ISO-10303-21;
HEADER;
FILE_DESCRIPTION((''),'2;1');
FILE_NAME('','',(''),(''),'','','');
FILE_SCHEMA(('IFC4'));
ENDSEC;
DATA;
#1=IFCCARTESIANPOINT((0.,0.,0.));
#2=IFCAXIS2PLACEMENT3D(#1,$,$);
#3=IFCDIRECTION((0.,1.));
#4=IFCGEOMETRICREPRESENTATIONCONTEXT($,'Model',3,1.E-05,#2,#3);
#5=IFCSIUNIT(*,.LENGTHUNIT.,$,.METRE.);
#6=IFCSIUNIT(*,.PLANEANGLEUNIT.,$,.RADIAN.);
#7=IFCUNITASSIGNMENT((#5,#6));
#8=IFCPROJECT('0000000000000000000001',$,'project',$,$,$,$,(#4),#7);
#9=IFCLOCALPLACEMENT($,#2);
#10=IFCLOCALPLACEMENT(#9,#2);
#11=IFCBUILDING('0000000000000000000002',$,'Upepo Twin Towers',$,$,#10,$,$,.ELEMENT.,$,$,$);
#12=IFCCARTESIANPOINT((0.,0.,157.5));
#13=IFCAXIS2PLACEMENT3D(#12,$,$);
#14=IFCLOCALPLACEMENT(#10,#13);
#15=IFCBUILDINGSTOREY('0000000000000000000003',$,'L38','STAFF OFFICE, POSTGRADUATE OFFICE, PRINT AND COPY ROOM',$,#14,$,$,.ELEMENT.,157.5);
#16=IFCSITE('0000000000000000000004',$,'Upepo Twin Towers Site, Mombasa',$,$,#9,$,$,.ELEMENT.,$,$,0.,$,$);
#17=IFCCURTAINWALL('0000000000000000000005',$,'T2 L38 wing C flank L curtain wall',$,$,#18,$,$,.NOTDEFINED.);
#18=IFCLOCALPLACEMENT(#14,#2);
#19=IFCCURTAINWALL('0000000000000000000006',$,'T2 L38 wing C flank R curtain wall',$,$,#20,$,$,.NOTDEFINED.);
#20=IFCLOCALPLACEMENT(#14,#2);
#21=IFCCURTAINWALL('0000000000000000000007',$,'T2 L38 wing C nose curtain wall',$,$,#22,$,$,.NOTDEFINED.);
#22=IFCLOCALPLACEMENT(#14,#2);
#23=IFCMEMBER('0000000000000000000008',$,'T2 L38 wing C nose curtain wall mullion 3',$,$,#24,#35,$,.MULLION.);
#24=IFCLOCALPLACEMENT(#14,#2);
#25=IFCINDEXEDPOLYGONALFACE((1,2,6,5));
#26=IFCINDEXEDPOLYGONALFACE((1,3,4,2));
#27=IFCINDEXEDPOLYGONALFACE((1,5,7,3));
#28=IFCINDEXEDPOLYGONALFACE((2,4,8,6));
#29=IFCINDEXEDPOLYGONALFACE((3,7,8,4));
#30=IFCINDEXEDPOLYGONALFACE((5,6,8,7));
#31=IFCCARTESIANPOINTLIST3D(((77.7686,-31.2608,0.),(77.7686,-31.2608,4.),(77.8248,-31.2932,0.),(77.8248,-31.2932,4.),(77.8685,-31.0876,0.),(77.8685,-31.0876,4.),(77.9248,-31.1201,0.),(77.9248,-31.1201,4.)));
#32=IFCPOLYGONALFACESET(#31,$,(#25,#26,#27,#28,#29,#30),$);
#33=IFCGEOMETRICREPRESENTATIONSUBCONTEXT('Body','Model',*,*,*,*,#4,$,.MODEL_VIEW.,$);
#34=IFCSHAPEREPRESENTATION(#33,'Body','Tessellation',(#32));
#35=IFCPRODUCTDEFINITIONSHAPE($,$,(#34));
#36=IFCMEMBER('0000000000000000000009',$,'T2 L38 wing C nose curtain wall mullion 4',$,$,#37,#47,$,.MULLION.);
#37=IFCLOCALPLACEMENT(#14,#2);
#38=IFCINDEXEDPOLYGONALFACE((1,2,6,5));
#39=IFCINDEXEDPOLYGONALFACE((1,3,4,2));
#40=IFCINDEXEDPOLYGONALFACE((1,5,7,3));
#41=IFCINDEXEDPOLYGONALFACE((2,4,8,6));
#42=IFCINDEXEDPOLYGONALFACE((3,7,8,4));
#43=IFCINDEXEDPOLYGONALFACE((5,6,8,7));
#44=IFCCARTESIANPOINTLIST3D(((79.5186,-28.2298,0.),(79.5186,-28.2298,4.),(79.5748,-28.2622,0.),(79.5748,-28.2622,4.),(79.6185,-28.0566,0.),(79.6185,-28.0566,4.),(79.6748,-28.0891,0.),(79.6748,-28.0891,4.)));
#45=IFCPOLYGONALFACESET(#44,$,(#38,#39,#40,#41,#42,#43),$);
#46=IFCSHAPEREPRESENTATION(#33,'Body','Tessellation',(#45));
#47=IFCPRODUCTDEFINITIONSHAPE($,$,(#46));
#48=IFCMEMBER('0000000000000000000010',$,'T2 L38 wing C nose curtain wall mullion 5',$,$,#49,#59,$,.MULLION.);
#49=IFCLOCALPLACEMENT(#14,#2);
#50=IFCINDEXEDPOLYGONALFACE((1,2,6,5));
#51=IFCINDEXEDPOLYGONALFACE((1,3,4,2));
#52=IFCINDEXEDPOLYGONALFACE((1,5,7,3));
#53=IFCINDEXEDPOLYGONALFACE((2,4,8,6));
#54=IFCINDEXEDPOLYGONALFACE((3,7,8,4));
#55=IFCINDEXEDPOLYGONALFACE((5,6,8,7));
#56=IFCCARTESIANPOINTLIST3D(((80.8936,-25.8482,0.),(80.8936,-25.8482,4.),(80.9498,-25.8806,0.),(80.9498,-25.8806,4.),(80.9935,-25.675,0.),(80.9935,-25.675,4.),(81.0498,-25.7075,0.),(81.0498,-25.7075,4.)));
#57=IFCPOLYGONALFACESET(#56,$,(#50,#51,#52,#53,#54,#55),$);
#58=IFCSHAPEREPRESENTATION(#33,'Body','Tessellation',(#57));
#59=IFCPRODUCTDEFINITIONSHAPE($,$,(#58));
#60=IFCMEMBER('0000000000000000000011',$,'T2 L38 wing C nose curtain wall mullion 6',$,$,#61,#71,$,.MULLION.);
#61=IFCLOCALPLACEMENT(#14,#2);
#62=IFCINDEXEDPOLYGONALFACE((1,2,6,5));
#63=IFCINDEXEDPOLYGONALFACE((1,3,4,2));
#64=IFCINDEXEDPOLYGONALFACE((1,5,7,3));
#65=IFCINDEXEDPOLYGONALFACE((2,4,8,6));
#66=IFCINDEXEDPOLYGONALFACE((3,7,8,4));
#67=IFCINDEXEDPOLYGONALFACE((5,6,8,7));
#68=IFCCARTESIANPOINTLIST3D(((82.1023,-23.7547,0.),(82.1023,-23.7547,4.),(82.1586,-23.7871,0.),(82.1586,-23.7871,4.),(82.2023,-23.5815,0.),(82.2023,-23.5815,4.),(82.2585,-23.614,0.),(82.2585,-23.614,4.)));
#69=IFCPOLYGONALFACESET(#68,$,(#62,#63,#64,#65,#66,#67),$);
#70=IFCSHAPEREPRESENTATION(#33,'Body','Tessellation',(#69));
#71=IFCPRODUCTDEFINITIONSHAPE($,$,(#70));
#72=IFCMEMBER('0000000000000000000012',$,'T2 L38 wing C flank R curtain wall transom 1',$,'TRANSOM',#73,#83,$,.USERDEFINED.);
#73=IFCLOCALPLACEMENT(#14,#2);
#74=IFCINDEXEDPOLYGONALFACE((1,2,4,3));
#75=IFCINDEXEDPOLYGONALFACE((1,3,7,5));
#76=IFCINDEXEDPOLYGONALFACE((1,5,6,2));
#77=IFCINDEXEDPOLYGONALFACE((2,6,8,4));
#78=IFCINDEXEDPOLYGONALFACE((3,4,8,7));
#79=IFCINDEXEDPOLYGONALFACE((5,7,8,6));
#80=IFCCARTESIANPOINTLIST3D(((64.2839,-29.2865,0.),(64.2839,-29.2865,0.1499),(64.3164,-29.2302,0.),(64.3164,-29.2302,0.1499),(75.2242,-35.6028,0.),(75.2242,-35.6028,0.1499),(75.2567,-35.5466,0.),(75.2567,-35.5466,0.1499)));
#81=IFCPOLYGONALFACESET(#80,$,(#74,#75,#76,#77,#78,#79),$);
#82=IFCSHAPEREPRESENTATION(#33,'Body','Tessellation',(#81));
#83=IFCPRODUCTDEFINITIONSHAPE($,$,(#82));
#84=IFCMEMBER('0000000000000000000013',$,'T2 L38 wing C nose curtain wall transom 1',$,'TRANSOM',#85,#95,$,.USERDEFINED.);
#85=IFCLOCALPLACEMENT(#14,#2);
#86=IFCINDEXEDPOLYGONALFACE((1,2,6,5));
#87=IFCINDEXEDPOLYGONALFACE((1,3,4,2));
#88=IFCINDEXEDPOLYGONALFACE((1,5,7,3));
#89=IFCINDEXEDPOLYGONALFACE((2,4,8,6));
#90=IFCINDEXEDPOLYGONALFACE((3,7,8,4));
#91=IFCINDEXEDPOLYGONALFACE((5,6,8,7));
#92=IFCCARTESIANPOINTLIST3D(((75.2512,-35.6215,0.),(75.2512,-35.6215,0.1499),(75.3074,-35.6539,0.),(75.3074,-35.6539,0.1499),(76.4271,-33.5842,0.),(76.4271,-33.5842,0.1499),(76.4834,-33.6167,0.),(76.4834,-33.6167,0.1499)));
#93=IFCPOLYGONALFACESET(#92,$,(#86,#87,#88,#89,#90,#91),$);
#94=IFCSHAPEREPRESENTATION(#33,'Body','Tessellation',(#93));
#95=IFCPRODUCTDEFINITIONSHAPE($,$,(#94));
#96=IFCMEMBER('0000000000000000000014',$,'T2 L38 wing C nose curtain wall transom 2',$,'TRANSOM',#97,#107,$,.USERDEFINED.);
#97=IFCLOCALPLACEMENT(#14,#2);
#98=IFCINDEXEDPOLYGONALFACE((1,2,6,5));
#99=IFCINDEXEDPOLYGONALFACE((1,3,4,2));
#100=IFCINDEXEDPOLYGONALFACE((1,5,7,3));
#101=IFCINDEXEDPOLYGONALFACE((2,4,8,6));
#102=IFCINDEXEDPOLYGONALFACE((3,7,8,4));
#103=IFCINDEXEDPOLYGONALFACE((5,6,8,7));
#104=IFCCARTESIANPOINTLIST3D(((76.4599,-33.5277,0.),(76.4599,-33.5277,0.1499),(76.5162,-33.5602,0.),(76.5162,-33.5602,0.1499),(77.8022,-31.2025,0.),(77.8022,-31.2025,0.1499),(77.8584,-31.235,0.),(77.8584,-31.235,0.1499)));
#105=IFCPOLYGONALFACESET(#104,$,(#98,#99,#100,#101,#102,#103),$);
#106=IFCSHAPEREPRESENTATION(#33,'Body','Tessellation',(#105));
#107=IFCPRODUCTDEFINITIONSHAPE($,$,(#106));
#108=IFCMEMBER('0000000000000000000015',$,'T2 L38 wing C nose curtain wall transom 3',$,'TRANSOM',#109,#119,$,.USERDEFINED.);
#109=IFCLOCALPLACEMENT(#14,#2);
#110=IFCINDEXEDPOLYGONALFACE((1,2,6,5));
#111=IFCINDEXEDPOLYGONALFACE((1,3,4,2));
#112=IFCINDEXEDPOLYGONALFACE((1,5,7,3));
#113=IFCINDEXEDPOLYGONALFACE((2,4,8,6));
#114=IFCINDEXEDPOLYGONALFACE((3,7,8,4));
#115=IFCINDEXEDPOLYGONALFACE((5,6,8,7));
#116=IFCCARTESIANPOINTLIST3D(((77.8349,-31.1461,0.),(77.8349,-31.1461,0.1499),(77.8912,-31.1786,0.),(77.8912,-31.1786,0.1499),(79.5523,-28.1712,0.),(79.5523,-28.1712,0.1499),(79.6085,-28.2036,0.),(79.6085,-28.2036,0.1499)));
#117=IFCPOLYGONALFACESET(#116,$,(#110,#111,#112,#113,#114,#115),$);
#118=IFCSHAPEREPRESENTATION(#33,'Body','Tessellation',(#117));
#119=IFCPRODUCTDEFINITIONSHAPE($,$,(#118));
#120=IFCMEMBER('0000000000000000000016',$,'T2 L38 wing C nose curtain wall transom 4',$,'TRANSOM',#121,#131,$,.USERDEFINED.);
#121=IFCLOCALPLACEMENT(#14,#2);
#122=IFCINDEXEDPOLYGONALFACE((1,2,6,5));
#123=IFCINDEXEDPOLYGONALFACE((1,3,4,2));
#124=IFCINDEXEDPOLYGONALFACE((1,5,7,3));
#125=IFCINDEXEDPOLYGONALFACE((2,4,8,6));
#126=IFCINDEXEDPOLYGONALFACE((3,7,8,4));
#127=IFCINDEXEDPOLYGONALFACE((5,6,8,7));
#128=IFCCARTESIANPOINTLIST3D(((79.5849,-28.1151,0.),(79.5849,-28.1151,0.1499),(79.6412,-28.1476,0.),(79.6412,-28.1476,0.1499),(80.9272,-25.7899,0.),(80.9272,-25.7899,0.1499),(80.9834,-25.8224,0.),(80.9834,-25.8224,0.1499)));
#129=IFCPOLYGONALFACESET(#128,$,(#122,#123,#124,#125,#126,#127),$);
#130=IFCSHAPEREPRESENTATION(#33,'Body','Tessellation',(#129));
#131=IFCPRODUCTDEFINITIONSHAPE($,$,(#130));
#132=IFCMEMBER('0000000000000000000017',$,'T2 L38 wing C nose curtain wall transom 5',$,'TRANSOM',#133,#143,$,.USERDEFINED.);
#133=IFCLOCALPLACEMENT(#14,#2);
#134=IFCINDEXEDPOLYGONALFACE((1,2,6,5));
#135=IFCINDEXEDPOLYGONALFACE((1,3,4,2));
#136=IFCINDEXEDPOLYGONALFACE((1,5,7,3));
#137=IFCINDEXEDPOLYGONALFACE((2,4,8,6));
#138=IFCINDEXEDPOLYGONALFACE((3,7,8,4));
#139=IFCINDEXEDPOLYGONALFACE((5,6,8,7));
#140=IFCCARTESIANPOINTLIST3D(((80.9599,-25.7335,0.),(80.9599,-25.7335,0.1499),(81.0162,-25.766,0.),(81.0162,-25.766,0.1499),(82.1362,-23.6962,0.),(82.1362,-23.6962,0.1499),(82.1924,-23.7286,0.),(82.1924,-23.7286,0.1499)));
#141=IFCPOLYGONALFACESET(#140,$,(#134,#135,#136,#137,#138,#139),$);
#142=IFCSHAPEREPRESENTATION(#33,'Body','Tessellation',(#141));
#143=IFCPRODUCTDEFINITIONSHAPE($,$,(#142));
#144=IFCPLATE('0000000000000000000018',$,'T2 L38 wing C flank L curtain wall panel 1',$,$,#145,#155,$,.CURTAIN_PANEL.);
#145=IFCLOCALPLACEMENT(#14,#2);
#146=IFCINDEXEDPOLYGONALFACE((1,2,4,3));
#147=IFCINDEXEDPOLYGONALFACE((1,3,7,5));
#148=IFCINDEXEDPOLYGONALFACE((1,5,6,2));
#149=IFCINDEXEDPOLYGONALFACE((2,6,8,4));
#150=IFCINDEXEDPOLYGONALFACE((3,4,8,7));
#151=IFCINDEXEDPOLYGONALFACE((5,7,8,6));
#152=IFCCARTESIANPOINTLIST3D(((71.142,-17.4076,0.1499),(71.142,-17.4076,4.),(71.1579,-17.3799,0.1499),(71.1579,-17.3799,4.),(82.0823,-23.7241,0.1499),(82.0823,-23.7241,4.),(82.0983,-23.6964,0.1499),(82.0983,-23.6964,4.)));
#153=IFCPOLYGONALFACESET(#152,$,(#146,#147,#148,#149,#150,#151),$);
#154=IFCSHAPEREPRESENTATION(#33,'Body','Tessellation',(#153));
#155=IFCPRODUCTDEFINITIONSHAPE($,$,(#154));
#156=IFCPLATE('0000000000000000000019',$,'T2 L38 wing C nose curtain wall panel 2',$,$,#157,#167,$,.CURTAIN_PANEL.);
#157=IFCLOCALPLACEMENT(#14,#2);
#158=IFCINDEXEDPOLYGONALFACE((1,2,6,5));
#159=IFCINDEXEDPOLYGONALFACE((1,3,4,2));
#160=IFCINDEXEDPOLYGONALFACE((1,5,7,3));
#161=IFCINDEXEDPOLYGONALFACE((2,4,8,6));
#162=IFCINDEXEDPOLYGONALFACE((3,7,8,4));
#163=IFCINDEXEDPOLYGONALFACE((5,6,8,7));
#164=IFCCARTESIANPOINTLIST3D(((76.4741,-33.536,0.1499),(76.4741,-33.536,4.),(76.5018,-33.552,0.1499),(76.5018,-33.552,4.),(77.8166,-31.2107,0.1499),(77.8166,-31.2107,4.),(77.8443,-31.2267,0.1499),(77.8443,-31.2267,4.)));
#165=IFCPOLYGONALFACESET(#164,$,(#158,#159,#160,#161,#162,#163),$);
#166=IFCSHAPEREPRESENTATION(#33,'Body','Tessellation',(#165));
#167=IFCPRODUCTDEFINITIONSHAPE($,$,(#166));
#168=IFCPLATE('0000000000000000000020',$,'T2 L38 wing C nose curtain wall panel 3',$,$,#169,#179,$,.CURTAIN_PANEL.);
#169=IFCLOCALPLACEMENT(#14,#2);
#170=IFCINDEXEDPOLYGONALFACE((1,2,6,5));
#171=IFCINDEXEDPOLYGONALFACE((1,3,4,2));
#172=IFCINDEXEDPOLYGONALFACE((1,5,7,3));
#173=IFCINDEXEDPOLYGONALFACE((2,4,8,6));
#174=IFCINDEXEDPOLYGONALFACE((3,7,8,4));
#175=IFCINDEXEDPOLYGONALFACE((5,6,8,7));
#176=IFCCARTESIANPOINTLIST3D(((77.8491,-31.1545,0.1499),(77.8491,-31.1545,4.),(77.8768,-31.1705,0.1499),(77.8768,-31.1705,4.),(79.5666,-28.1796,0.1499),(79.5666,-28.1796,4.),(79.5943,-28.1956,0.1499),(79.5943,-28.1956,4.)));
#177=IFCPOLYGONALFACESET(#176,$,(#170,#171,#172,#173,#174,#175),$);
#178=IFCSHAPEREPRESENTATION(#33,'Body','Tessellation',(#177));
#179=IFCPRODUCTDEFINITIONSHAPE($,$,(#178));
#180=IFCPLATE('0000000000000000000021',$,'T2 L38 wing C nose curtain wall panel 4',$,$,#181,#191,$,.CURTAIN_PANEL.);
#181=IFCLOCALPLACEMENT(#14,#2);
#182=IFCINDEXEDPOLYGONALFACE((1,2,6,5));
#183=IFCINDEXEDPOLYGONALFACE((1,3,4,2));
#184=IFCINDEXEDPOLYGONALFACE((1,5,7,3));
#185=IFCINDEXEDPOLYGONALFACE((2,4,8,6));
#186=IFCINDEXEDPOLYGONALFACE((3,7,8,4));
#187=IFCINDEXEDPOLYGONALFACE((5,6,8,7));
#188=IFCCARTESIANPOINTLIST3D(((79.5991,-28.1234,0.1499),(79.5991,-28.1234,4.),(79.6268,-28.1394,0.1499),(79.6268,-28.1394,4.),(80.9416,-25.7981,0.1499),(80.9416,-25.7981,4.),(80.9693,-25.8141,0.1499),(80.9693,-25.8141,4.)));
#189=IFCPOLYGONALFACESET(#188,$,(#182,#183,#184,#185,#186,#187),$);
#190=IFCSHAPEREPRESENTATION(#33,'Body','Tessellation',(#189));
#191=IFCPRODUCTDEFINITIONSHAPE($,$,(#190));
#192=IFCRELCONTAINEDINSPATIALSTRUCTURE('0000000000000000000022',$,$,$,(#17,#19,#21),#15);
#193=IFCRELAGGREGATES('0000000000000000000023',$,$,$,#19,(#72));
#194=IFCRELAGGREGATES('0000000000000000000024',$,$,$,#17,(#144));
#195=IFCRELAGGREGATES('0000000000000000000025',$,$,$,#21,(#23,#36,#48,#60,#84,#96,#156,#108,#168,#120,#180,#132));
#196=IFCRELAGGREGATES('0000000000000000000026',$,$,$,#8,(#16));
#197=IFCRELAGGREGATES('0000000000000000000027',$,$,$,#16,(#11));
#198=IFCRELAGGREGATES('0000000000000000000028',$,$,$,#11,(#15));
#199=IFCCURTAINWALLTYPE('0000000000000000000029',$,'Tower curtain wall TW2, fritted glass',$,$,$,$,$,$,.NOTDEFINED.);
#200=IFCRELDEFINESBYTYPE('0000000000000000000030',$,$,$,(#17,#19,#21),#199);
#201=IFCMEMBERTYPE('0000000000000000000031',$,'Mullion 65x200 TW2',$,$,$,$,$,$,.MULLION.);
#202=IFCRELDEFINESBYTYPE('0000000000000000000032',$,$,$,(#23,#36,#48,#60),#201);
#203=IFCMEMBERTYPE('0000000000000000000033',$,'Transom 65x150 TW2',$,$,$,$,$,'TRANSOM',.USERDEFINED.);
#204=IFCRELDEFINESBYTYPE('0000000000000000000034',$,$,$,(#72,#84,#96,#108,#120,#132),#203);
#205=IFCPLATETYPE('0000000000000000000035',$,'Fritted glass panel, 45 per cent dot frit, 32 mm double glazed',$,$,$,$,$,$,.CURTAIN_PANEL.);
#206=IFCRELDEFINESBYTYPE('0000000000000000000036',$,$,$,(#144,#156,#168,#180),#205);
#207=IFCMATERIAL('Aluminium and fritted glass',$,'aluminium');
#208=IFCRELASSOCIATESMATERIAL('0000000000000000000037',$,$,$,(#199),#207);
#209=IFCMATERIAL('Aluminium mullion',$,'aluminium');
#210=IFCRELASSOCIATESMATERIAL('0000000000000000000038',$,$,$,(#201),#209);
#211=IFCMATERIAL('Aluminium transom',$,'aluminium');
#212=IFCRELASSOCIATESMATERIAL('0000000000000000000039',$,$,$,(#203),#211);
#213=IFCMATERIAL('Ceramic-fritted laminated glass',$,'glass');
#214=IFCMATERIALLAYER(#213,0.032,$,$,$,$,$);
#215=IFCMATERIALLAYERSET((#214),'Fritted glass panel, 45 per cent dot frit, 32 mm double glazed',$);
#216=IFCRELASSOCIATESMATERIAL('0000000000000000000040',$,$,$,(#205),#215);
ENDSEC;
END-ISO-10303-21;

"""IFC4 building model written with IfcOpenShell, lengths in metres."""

from ifc_helpers import new_model, si_unit, direction, frame, origin, origin_2d, place, context, subcontext, project, spatial, rectangle, extrude, material, layer, layer_set, material_profile, profile_set, type_object, element, aggregate, save


model = new_model("IFC4")

# Units and contexts
model_context = context("Model", 3, precision=1e-05, world=origin(), true_north=direction((0.0, 1.0)))
body_context = subcontext(model_context, "Body", "Model", "MODEL_VIEW")
ifc_project = project(units=[si_unit("LENGTHUNIT", "METRE"), si_unit("PLANEANGLEUNIT", "RADIAN")], contexts=[model_context])

# Site, building, storey
site_placement = place(None, origin())
site = spatial("IfcSite", under=ifc_project, at=site_placement, Name="Upepo Twin Towers Site, Mombasa", CompositionType="ELEMENT", RefElevation=0.0)
building_placement = place(site_placement, origin())
building = spatial("IfcBuilding", under=site, at=building_placement, Name="Upepo Twin Towers", CompositionType="ELEMENT")
storey_placement = place(building_placement, frame((0.0, 0.0, 157.5)))
storey = spatial("IfcBuildingStorey", under=building, at=storey_placement, Name="L38", Description="STAFF OFFICE, POSTGRADUATE OFFICE, PRINT AND COPY ROOM", CompositionType="ELEMENT", Elevation=157.5)

# Curtain walls
ifc_material_1 = material(Name="Aluminium and fritted glass", Category="aluminium")
curtain_wall_type = type_object("IfcCurtainWallType", Name="Tower curtain wall TW2, fritted glass", PredefinedType="NOTDEFINED", material=ifc_material_1)
curtain_wall_1_placement = place(storey_placement, origin())
curtain_wall_1 = element("IfcCurtainWall", 1, at=curtain_wall_1_placement, inside=storey, type_object=curtain_wall_type, Name="T2 L38 wing C flank L curtain wall", PredefinedType="NOTDEFINED")
ifc_material_2 = material(Name="Aluminium mullion", Category="aluminium")
ifc_material_profile_1 = material_profile(ifc_material_2, rectangle(XDim=0.0649, YDim=0.2, at=origin_2d()), Name="MULLION 65x200")
ifc_profile_set_1 = profile_set([ifc_material_profile_1], Name="Aluminium mullion")
member_type_1 = type_object("IfcMemberType", Name="Mullion 65x200 TW2", PredefinedType="MULLION", material=ifc_profile_set_1)
curtain_wall_2_placement = place(storey_placement, origin())
curtain_wall_2 = element("IfcCurtainWall", 2, at=curtain_wall_2_placement, inside=storey, type_object=curtain_wall_type, Name="T2 L38 wing C flank R curtain wall", PredefinedType="NOTDEFINED")

# Curtain wall, members
curtain_wall_3_placement = place(storey_placement, origin())
curtain_wall_3 = element("IfcCurtainWall", 3, at=curtain_wall_3_placement, inside=storey, type_object=curtain_wall_type, Name="T2 L38 wing C nose curtain wall", PredefinedType="NOTDEFINED")
member_1_placement = place(storey_placement, frame((77.8467, -31.1904, 0.0), z_axis=(0.0, 0.0, 1.0), x_axis=(-0.866025, 0.5, 0.0)))
member_1 = element("IfcMember", 4, at=member_1_placement, type_object=member_type_1, Name="T2 L38 wing C nose curtain wall mullion 3", PredefinedType="MULLION", context=body_context, shape_type="SweptSolid", body=[
    extrude(rectangle(XDim=0.0649, YDim=0.2, at=origin_2d()), origin(), (0.0, 0.0, 1.0), 4.0),
])
member_2_placement = place(storey_placement, frame((79.5967, -28.1594, 0.0), z_axis=(0.0, 0.0, 1.0), x_axis=(-0.866025, 0.5, 0.0)))
member_2 = element("IfcMember", 5, at=member_2_placement, type_object=member_type_1, Name="T2 L38 wing C nose curtain wall mullion 4", PredefinedType="MULLION", context=body_context, shape_type="SweptSolid", body=[
    extrude(rectangle(XDim=0.0649, YDim=0.2, at=origin_2d()), origin(), (0.0, 0.0, 1.0), 4.0),
])
member_3_placement = place(storey_placement, frame((80.9717, -25.7778, 0.0), z_axis=(0.0, 0.0, 1.0), x_axis=(-0.866025, 0.5, 0.0)))
member_3 = element("IfcMember", 6, at=member_3_placement, type_object=member_type_1, Name="T2 L38 wing C nose curtain wall mullion 5", PredefinedType="MULLION", context=body_context, shape_type="SweptSolid", body=[
    extrude(rectangle(XDim=0.0649, YDim=0.2, at=origin_2d()), origin(), (0.0, 0.0, 1.0), 4.0),
])
member_4_placement = place(storey_placement, frame((82.1804, -23.6843, 0.0), z_axis=(0.0, 0.0, 1.0), x_axis=(-0.866025, 0.5, 0.0)))
member_4 = element("IfcMember", 7, at=member_4_placement, type_object=member_type_1, Name="T2 L38 wing C nose curtain wall mullion 6", PredefinedType="MULLION", context=body_context, shape_type="SweptSolid", body=[
    extrude(rectangle(XDim=0.0649, YDim=0.2, at=origin_2d()), origin(), (0.0, 0.0, 1.0), 4.0),
])

# Members
ifc_material_3 = material(Name="Aluminium transom", Category="aluminium")
ifc_material_profile_2 = material_profile(ifc_material_3, rectangle(XDim=0.0649, YDim=0.1499, at=origin_2d()), Name="TRANSOM 65x150")
ifc_profile_set_2 = profile_set([ifc_material_profile_2], Name="Aluminium transom")
member_type_2 = type_object("IfcMemberType", Name="Transom 65x150 TW2", ElementType="TRANSOM", PredefinedType="USERDEFINED", material=ifc_profile_set_2)
member_5_placement = place(storey_placement, frame((75.2405, -35.5747, 0.075), z_axis=(-0.866027, 0.499997, 0.0), x_axis=(-0.499997, -0.866027, 0.0)))
member_5 = element("IfcMember", 8, at=member_5_placement, type_object=member_type_2, Name="T2 L38 wing C flank R curtain wall transom 1", ObjectType="TRANSOM", PredefinedType="USERDEFINED", context=body_context, shape_type="SweptSolid", body=[
    extrude(rectangle(XDim=0.0649, YDim=0.1499, at=origin_2d()), origin(), (0.0, 0.0, 1.0), 12.6328),
])
aggregate(curtain_wall_2, [member_5])
member_6_placement = place(storey_placement, frame((75.2793, -35.6377, 0.075), z_axis=(0.499923, 0.86607, 0.0), x_axis=(-0.86607, 0.499923, 0.0)))
member_6 = element("IfcMember", 9, at=member_6_placement, type_object=member_type_2, Name="T2 L38 wing C nose curtain wall transom 1", ObjectType="TRANSOM", PredefinedType="USERDEFINED", context=body_context, shape_type="SweptSolid", body=[
    extrude(rectangle(XDim=0.0649, YDim=0.1499, at=origin_2d()), origin(), (0.0, 0.0, 1.0), 2.3523),
])
member_7_placement = place(storey_placement, frame((76.488, -33.5439, 0.075), z_axis=(0.499953, 0.866052, 0.0), x_axis=(-0.866052, 0.499953, 0.0)))
member_7 = element("IfcMember", 10, at=member_7_placement, type_object=member_type_2, Name="T2 L38 wing C nose curtain wall transom 2", ObjectType="TRANSOM", PredefinedType="USERDEFINED", context=body_context, shape_type="SweptSolid", body=[
    extrude(rectangle(XDim=0.0649, YDim=0.1499, at=origin_2d()), origin(), (0.0, 0.0, 1.0), 2.6848),
])
member_8_placement = place(storey_placement, frame((77.863, -31.1624, 0.075), z_axis=(0.499946, 0.866057, 0.0), x_axis=(-0.866057, 0.499946, 0.0)))
member_8 = element("IfcMember", 11, at=member_8_placement, type_object=member_type_2, Name="T2 L38 wing C nose curtain wall transom 3", ObjectType="TRANSOM", PredefinedType="USERDEFINED", context=body_context, shape_type="SweptSolid", body=[
    extrude(rectangle(XDim=0.0649, YDim=0.1499, at=origin_2d()), origin(), (0.0, 0.0, 1.0), 3.4351),
])
member_9_placement = place(storey_placement, frame((79.613, -28.1313, 0.075), z_axis=(0.499953, 0.866052, 0.0), x_axis=(-0.866052, 0.499953, 0.0)))
member_9 = element("IfcMember", 12, at=member_9_placement, type_object=member_type_2, Name="T2 L38 wing C nose curtain wall transom 4", ObjectType="TRANSOM", PredefinedType="USERDEFINED", context=body_context, shape_type="SweptSolid", body=[
    extrude(rectangle(XDim=0.0649, YDim=0.1499, at=origin_2d()), origin(), (0.0, 0.0, 1.0), 2.6848),
])
member_10_placement = place(storey_placement, frame((80.988, -25.7498, 0.075), z_axis=(0.500001, 0.866025, 0.0), x_axis=(-0.866025, 0.500001, 0.0)))
member_10 = element("IfcMember", 13, at=member_10_placement, type_object=member_type_2, Name="T2 L38 wing C nose curtain wall transom 5", ObjectType="TRANSOM", PredefinedType="USERDEFINED", context=body_context, shape_type="SweptSolid", body=[
    extrude(rectangle(XDim=0.0649, YDim=0.1499, at=origin_2d()), origin(), (0.0, 0.0, 1.0), 2.3525),
])

# Plates
ifc_material_4 = material(Name="Ceramic-fritted laminated glass", Category="glass")
ifc_layer_1 = layer(ifc_material_4, 0.032)
ifc_layer_set_1 = layer_set([ifc_layer_1], Name="Fritted glass panel, 45 per cent dot frit, 32 mm double glazed")
plate_type_1 = type_object("IfcPlateType", Name="Fritted glass panel, 45 per cent dot frit, 32 mm double glazed", PredefinedType="CURTAIN_PANEL", material=ifc_layer_set_1)
plate_1_placement = place(storey_placement, frame((76.6201, -20.552, 0.1499), z_axis=(0.0, 0.0, 1.0), x_axis=(0.866025, -0.5, 0.0)))
plate_1 = element("IfcPlate", 14, at=plate_1_placement, type_object=plate_type_1, Name="T2 L38 wing C flank L curtain wall panel 1", PredefinedType="CURTAIN_PANEL", context=body_context, shape_type="SweptSolid", body=[
    extrude(rectangle(XDim=12.6328, YDim=0.032, at=origin_2d()), origin(), (0.0, 0.0, 1.0), 3.8501),
])
aggregate(curtain_wall_1, [plate_1])
plate_2_placement = place(storey_placement, frame((77.1592, -32.3813, 0.1499), z_axis=(0.0, 0.0, 1.0), x_axis=(0.5, 0.866025, 0.0)))
plate_2 = element("IfcPlate", 15, at=plate_2_placement, type_object=plate_type_1, Name="T2 L38 wing C nose curtain wall panel 2", PredefinedType="CURTAIN_PANEL", context=body_context, shape_type="SweptSolid", body=[
    extrude(rectangle(XDim=2.6851, YDim=0.032, at=origin_2d()), origin(), (0.0, 0.0, 1.0), 3.8501),
])
plate_3_placement = place(storey_placement, frame((78.7217, -29.675, 0.1499), z_axis=(0.0, 0.0, 1.0), x_axis=(0.5, 0.866025, 0.0)))
plate_3 = element("IfcPlate", 16, at=plate_3_placement, type_object=plate_type_1, Name="T2 L38 wing C nose curtain wall panel 3", PredefinedType="CURTAIN_PANEL", context=body_context, shape_type="SweptSolid", body=[
    extrude(rectangle(XDim=3.4351, YDim=0.032, at=origin_2d()), origin(), (0.0, 0.0, 1.0), 3.8501),
])
plate_4_placement = place(storey_placement, frame((80.2842, -26.9688, 0.1499), z_axis=(0.0, 0.0, 1.0), x_axis=(0.5, 0.866025, 0.0)))
plate_4 = element("IfcPlate", 17, at=plate_4_placement, type_object=plate_type_1, Name="T2 L38 wing C nose curtain wall panel 4", PredefinedType="CURTAIN_PANEL", context=body_context, shape_type="SweptSolid", body=[
    extrude(rectangle(XDim=2.6851, YDim=0.032, at=origin_2d()), origin(), (0.0, 0.0, 1.0), 3.8501),
])
aggregate(curtain_wall_3, [member_1, member_2, member_3, member_4, member_6, member_7, plate_2, member_8, plate_3, member_9, plate_4, member_10])

save(model, "model.ifc")
